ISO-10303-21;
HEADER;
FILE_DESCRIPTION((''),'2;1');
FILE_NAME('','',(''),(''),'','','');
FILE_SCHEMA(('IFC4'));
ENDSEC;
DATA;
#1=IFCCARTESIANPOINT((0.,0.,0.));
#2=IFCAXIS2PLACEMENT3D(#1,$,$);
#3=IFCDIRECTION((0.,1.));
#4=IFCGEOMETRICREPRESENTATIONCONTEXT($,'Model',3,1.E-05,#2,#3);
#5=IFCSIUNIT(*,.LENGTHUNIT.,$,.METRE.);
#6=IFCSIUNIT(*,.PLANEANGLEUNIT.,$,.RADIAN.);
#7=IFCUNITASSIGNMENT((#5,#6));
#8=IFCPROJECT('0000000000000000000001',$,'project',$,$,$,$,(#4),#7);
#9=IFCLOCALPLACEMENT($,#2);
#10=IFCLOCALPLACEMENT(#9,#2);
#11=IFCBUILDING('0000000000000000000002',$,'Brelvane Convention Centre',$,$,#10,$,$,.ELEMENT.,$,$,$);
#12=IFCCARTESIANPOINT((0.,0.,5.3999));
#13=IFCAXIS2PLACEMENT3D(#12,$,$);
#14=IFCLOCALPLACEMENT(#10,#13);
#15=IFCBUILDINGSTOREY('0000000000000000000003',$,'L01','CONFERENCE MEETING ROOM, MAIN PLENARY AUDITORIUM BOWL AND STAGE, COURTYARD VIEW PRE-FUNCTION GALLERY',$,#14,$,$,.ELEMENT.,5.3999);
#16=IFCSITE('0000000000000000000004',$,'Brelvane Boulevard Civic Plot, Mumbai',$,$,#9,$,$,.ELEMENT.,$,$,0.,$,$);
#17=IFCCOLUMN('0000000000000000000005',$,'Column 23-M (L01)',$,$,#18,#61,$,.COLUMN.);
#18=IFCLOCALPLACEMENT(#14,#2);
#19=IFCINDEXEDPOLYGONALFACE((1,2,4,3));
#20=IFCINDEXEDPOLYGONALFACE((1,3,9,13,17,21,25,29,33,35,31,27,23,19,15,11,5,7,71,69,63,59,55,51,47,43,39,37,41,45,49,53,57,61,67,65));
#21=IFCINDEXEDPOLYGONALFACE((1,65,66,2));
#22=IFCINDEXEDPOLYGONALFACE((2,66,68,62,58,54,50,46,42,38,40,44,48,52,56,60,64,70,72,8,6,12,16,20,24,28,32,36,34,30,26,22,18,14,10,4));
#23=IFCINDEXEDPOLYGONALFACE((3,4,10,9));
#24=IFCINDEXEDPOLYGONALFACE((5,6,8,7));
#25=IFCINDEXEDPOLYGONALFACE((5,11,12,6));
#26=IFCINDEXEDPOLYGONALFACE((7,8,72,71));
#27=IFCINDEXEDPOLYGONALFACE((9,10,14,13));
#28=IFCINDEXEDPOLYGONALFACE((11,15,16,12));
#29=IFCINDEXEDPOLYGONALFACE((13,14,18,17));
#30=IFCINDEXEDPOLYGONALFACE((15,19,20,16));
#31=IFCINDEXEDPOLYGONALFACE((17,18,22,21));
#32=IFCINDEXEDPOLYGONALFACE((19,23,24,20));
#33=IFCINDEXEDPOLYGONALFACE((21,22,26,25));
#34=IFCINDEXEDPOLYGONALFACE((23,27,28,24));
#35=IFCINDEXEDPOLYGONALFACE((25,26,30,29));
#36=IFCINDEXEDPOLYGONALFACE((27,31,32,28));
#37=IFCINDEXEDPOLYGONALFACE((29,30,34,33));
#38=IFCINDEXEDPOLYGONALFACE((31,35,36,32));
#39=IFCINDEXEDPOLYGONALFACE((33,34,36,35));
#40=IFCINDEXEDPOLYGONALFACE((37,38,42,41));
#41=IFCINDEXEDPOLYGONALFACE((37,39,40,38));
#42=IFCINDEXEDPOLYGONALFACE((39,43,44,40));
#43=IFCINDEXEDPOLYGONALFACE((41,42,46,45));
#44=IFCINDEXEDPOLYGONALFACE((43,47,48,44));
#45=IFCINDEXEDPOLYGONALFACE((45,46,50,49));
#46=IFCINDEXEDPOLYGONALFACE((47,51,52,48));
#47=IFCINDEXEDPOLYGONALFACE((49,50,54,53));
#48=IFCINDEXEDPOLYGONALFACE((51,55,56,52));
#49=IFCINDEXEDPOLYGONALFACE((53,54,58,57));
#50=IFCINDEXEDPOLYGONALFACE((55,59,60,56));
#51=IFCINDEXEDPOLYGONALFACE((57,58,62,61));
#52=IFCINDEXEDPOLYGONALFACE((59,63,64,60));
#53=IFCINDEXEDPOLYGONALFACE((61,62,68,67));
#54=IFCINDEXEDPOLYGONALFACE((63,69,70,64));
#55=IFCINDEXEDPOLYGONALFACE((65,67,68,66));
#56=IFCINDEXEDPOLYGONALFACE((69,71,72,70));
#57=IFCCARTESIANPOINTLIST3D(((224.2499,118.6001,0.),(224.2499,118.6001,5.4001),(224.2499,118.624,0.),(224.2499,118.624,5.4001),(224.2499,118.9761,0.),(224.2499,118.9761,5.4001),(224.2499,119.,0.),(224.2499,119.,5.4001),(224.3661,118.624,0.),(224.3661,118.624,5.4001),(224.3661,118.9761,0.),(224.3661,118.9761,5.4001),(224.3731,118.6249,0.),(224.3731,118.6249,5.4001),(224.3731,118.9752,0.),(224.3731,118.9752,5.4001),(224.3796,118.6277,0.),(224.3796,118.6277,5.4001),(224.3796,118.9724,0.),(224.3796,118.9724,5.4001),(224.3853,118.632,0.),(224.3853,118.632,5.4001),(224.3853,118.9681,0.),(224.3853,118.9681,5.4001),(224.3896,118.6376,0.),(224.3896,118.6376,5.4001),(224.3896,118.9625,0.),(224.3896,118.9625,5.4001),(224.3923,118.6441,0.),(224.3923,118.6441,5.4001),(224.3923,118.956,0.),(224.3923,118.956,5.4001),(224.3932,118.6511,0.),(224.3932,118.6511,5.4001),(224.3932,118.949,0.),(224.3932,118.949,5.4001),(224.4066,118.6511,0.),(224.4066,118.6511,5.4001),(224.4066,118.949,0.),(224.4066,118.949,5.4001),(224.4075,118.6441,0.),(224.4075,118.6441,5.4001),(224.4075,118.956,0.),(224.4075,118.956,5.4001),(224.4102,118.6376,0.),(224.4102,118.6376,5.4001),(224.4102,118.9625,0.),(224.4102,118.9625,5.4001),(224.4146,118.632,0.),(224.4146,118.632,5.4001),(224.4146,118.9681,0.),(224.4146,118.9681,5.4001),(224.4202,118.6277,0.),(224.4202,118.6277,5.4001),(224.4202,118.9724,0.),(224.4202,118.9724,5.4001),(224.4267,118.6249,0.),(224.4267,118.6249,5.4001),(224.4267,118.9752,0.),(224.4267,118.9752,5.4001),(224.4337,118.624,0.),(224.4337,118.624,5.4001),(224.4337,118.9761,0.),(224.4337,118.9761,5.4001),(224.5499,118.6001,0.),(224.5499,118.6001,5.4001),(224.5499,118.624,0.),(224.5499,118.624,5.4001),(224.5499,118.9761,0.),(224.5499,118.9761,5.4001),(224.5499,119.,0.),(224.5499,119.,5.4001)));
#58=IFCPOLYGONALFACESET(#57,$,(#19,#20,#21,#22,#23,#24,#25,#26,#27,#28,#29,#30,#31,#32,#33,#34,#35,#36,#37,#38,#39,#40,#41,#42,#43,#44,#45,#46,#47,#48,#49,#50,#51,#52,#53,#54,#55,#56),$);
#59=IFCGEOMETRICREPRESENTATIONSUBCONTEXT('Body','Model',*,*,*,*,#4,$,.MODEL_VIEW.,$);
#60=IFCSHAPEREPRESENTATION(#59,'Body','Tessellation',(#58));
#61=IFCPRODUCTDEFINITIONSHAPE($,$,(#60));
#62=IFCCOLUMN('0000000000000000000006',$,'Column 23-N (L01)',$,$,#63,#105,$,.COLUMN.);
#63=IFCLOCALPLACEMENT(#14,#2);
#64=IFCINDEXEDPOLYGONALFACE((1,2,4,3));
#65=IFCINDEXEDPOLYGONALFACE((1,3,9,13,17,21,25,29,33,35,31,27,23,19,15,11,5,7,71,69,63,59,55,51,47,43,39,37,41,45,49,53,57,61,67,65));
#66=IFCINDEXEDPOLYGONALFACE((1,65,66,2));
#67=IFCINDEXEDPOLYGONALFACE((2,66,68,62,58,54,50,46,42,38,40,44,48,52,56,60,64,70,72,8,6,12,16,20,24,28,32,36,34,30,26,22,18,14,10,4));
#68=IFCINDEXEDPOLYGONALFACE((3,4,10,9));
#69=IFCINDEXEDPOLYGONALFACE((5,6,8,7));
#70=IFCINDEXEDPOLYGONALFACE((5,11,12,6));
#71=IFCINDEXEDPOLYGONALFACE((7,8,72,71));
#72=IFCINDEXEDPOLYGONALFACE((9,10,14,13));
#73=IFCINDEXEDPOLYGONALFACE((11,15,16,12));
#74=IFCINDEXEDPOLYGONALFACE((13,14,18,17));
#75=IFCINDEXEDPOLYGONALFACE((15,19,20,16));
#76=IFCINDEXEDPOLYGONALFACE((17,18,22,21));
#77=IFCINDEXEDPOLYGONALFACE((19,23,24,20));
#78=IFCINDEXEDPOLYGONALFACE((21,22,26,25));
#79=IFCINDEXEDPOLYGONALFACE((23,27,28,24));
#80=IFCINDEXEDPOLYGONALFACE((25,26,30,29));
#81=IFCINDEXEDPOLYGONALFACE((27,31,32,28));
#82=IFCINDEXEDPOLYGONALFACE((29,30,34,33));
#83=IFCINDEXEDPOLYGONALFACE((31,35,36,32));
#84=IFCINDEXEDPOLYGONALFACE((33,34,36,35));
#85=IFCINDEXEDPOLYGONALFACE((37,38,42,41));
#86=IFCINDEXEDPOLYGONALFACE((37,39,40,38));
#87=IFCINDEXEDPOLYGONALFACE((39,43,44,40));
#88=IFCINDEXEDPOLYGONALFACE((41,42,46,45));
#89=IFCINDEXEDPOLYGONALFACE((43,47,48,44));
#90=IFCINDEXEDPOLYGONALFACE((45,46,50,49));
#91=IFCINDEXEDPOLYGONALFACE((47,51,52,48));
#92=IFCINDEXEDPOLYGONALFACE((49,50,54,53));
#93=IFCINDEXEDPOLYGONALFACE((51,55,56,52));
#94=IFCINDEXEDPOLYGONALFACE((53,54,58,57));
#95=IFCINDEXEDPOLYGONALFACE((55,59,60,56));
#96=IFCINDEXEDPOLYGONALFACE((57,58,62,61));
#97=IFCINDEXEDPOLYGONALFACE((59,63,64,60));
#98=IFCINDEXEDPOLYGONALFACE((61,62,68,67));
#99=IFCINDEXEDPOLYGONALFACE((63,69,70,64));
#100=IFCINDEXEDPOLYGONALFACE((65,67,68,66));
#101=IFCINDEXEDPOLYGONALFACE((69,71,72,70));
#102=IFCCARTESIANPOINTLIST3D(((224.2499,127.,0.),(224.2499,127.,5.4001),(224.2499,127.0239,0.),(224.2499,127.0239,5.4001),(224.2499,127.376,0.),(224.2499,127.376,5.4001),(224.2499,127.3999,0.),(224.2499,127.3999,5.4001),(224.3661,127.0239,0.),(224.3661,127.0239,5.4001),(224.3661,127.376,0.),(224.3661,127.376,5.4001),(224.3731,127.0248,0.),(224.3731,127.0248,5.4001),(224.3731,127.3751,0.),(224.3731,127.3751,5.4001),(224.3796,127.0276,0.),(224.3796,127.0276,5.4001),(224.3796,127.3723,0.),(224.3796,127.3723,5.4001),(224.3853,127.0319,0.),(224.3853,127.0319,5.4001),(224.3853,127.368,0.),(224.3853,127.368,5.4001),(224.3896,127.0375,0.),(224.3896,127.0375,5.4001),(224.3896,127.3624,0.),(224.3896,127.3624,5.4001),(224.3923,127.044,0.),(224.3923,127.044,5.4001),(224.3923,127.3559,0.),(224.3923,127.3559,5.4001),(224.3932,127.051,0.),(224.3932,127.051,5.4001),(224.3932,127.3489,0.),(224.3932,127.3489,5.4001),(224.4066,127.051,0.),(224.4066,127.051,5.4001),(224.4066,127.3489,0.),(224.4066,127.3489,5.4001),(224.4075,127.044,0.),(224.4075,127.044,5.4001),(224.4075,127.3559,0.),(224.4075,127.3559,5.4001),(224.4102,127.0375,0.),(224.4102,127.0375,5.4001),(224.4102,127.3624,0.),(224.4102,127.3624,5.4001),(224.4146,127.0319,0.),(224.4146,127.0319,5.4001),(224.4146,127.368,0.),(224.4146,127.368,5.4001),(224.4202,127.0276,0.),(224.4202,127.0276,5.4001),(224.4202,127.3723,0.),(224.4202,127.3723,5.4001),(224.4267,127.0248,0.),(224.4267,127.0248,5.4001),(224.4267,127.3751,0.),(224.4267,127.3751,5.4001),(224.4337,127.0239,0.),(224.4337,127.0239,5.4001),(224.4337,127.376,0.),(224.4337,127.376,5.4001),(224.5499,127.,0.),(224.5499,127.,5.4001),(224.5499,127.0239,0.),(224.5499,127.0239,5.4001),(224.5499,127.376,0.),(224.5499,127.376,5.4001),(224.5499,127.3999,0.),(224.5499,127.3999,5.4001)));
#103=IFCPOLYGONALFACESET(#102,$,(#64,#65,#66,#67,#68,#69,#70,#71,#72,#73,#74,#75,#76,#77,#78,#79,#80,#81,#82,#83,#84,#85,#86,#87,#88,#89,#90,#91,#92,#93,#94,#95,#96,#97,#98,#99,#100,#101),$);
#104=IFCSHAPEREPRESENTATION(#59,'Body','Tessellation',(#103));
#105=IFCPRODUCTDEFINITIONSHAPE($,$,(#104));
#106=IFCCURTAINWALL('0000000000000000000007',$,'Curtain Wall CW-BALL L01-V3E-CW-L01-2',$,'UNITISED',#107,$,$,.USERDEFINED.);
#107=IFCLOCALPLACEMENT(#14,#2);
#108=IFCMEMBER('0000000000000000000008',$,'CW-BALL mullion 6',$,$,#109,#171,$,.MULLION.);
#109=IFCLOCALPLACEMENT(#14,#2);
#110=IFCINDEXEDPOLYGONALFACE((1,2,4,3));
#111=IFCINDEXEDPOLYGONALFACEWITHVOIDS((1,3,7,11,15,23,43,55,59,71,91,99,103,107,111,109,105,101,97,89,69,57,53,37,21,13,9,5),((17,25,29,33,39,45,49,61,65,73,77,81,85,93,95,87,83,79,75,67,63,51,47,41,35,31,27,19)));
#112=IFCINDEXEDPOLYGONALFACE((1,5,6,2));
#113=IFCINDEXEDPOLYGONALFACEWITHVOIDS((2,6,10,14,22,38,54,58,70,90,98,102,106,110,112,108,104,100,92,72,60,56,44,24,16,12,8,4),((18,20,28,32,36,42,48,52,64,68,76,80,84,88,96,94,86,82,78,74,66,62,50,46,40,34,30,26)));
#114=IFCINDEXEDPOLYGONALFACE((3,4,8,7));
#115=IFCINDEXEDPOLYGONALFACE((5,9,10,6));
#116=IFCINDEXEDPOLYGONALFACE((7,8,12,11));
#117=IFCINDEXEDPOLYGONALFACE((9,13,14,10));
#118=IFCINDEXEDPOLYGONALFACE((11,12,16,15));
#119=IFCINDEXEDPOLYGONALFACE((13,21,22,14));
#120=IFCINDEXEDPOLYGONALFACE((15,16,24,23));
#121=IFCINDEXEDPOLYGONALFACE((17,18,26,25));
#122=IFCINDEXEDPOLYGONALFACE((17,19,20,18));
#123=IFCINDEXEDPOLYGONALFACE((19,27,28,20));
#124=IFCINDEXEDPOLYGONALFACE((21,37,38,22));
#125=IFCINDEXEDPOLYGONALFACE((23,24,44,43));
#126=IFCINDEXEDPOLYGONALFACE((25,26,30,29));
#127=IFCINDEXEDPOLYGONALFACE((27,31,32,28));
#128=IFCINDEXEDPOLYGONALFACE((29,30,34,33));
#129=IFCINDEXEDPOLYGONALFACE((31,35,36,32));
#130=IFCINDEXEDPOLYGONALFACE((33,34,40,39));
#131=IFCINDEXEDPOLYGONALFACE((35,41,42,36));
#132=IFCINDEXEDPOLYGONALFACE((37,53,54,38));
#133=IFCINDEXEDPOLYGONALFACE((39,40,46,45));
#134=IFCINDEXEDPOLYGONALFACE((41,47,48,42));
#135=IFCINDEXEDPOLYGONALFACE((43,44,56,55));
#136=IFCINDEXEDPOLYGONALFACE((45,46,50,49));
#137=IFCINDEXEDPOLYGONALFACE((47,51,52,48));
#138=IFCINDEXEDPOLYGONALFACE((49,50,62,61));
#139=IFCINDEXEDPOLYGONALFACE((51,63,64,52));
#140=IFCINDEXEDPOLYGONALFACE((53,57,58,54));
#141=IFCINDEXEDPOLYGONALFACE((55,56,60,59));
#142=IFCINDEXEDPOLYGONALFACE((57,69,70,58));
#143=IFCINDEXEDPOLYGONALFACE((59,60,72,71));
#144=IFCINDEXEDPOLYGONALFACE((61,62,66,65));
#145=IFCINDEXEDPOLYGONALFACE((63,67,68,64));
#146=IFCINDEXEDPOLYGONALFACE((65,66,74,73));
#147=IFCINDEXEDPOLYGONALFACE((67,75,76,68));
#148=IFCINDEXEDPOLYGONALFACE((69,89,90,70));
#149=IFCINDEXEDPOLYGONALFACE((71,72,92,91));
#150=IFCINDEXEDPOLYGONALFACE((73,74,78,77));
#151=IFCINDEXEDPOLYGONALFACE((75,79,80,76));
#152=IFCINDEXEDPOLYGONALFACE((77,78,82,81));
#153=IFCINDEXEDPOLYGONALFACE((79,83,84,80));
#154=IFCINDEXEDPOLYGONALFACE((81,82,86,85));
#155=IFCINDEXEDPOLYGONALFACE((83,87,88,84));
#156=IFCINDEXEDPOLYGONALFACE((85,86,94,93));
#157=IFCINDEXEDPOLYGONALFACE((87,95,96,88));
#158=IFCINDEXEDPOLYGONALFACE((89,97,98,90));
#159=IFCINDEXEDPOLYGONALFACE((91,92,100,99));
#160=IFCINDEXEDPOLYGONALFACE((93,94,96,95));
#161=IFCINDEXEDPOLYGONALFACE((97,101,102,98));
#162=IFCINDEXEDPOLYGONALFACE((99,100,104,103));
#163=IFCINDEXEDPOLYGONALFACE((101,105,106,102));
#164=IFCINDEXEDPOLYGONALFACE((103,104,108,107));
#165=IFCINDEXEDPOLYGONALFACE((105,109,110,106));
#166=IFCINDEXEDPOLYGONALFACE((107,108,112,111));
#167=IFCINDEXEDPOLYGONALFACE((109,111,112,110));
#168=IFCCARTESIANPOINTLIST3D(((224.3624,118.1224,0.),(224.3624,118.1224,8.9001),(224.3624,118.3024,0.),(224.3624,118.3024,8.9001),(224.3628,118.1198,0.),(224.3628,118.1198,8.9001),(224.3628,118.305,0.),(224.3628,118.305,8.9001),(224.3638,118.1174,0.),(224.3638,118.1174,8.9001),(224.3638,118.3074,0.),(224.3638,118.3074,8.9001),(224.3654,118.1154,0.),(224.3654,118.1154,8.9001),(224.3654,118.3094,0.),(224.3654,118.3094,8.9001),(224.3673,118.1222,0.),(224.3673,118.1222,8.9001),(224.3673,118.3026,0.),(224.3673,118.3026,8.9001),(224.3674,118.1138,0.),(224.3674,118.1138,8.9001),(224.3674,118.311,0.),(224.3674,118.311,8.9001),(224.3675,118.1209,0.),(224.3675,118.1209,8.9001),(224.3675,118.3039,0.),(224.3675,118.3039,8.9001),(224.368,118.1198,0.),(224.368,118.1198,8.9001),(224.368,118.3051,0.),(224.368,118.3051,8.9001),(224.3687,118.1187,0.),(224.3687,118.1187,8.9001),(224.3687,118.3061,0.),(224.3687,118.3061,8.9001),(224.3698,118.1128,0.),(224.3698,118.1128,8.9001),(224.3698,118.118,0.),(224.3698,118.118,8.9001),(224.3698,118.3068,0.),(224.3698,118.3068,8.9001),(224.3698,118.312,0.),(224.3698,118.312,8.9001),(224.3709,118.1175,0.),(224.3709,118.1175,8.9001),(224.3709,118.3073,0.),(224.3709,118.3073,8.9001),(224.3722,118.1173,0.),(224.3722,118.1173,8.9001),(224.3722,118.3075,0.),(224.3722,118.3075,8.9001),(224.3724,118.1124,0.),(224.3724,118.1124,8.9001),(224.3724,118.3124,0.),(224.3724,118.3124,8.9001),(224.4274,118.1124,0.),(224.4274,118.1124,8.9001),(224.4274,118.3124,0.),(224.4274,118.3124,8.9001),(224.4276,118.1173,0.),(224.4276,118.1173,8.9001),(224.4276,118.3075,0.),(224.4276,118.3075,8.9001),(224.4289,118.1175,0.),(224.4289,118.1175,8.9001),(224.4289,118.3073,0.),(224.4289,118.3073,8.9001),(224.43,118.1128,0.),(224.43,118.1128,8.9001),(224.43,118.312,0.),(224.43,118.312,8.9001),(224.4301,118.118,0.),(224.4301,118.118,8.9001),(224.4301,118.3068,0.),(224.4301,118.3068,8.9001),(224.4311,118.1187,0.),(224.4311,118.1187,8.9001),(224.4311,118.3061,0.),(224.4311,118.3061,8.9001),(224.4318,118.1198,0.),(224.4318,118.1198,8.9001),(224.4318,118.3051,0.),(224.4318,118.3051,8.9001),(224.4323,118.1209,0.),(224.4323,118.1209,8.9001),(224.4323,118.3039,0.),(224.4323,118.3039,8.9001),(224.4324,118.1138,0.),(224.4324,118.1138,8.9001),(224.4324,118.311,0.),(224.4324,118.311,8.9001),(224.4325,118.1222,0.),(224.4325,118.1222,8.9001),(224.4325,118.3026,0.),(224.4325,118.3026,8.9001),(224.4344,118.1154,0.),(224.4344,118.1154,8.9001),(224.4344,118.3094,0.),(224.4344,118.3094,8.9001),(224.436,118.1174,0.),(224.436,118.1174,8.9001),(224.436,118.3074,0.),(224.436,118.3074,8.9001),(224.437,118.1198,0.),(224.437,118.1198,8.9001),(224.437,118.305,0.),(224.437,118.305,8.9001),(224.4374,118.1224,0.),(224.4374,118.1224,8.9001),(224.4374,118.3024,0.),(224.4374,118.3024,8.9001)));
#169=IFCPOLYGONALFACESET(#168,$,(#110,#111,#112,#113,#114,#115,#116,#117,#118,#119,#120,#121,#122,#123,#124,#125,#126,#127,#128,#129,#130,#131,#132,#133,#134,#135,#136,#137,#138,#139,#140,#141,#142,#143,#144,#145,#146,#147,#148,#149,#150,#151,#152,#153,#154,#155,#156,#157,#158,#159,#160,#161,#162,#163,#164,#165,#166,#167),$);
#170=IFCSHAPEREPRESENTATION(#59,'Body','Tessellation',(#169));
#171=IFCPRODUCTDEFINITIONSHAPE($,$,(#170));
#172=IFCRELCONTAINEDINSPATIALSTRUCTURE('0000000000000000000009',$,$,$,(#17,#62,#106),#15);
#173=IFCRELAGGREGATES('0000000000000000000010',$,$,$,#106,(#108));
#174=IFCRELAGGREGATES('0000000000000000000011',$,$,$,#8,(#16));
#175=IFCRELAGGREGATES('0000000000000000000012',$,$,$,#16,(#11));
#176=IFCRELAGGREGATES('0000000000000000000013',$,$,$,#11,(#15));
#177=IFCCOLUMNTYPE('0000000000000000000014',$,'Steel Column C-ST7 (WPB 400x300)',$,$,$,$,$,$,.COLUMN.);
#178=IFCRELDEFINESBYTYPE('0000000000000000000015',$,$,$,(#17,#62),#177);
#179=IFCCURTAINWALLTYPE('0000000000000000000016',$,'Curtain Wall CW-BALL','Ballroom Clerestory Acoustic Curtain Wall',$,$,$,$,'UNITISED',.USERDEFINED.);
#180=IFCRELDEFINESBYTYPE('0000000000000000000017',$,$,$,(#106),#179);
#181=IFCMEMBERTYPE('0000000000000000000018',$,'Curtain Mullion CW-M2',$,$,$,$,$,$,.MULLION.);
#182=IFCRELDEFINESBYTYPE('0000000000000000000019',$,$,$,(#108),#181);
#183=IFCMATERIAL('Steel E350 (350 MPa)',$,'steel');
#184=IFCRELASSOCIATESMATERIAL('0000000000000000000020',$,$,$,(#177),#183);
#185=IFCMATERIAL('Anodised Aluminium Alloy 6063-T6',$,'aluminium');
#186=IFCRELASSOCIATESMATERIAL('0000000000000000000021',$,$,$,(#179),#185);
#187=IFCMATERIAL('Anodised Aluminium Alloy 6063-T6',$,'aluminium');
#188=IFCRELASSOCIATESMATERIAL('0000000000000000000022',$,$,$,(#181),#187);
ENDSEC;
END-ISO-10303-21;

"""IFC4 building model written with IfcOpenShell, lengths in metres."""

from ifc_helpers import new_model, si_unit, direction, frame, origin, origin_2d, place, context, subcontext, project, spatial, hollow_rectangle, i_section, extrude, material, material_profile, profile_set, type_object, element, aggregate, save


model = new_model("IFC4")

# Units and contexts
model_context = context("Model", 3, precision=1e-05, world=origin(), true_north=direction((0.0, 1.0)))
body_context = subcontext(model_context, "Body", "Model", "MODEL_VIEW")
ifc_project = project(units=[si_unit("LENGTHUNIT", "METRE"), si_unit("PLANEANGLEUNIT", "RADIAN")], contexts=[model_context])

# Site, building, storey
site_placement = place(None, origin())
site = spatial("IfcSite", under=ifc_project, at=site_placement, Name="Brelvane Boulevard Civic Plot, Mumbai", CompositionType="ELEMENT", RefElevation=0.0)
building_placement = place(site_placement, origin())
building = spatial("IfcBuilding", under=site, at=building_placement, Name="Brelvane Convention Centre", CompositionType="ELEMENT")
storey_placement = place(building_placement, frame((0.0, 0.0, 5.3999)))
storey = spatial("IfcBuildingStorey", under=building, at=storey_placement, Name="L01", Description="CONFERENCE MEETING ROOM, MAIN PLENARY AUDITORIUM BOWL AND STAGE, COURTYARD VIEW PRE-FUNCTION GALLERY", CompositionType="ELEMENT", Elevation=5.3999)

# Columns
ifc_material_1 = material(Name="Steel E350 (350 MPa)", Category="steel")
ifc_material_profile_1 = material_profile(ifc_material_1, i_section(OverallWidth=0.3, OverallDepth=0.3999, WebThickness=0.0134, FlangeThickness=0.0239, FilletRadius=0.0271, at=origin_2d()), Name="WPB 400x300")
ifc_profile_set_1 = profile_set([ifc_material_profile_1], Name="Steel E350 (350 MPa)")
column_type = type_object("IfcColumnType", Name="Steel Column C-ST7 (WPB 400x300)", PredefinedType="COLUMN", material=ifc_profile_set_1)
for number, where, z_axis, x_axis, name in (
    (1, (224.3999, 118.8, 0.0), (0.0, 0.0, 1.0), (1.0, 0.0, 0.0), "Column 23-M (L01)"),
    (2, (224.3999, 127.2, 0.0), (0.0, 0.0, 1.0), (1.0, 0.0, 0.0), "Column 23-N (L01)"),
):
    element("IfcColumn", number, at=place(storey_placement, frame(where, z_axis=z_axis, x_axis=x_axis)), inside=storey, type_object=column_type, Name=name, PredefinedType="COLUMN", context=body_context, shape_type="SweptSolid", body=[
        extrude(i_section(OverallWidth=0.3, OverallDepth=0.3999, WebThickness=0.0134, FlangeThickness=0.0239, FilletRadius=0.0271, at=origin_2d()), origin(), (0.0, 0.0, 1.0), 5.4001),
    ])

# Curtain wall, member
ifc_material_2 = material(Name="Anodised Aluminium Alloy 6063-T6", Category="aluminium")
curtain_wall_type = type_object("IfcCurtainWallType", Name="Curtain Wall CW-BALL", Description="Ballroom Clerestory Acoustic Curtain Wall", ElementType="UNITISED", PredefinedType="USERDEFINED", material=ifc_material_2)
curtain_wall_1_placement = place(storey_placement, origin())
curtain_wall_1 = element("IfcCurtainWall", 3, at=curtain_wall_1_placement, inside=storey, type_object=curtain_wall_type, Name="Curtain Wall CW-BALL L01-V3E-CW-L01-2", ObjectType="UNITISED", PredefinedType="USERDEFINED")
ifc_material_3 = material(Name="Anodised Aluminium Alloy 6063-T6", Category="aluminium")
ifc_material_profile_2 = material_profile(ifc_material_3, hollow_rectangle(XDim=0.075, YDim=0.2, WallThickness=0.0049, InnerFilletRadius=0.0049, OuterFilletRadius=0.01, at=origin_2d()), Name="ALU-M 200x75x5.0")
ifc_profile_set_2 = profile_set([ifc_material_profile_2], Name="Anodised Aluminium Alloy 6063-T6")
member_type_1 = type_object("IfcMemberType", Name="Curtain Mullion CW-M2", PredefinedType="MULLION", material=ifc_profile_set_2)
member_1_placement = place(storey_placement, frame((224.3999, 118.2124, 0.0), z_axis=(0.0, 0.0, 1.0), x_axis=(-1.0, 0.0, 0.0)))
member_1 = element("IfcMember", 4, at=member_1_placement, type_object=member_type_1, Name="CW-BALL mullion 6", PredefinedType="MULLION", context=body_context, shape_type="SweptSolid", body=[
    extrude(hollow_rectangle(XDim=0.075, YDim=0.2, WallThickness=0.0049, InnerFilletRadius=0.0049, OuterFilletRadius=0.01, at=origin_2d()), origin(), (0.0, 0.0, 1.0), 8.9001),
])

aggregate(curtain_wall_1, [member_1])

save(model, "model.ifc")
